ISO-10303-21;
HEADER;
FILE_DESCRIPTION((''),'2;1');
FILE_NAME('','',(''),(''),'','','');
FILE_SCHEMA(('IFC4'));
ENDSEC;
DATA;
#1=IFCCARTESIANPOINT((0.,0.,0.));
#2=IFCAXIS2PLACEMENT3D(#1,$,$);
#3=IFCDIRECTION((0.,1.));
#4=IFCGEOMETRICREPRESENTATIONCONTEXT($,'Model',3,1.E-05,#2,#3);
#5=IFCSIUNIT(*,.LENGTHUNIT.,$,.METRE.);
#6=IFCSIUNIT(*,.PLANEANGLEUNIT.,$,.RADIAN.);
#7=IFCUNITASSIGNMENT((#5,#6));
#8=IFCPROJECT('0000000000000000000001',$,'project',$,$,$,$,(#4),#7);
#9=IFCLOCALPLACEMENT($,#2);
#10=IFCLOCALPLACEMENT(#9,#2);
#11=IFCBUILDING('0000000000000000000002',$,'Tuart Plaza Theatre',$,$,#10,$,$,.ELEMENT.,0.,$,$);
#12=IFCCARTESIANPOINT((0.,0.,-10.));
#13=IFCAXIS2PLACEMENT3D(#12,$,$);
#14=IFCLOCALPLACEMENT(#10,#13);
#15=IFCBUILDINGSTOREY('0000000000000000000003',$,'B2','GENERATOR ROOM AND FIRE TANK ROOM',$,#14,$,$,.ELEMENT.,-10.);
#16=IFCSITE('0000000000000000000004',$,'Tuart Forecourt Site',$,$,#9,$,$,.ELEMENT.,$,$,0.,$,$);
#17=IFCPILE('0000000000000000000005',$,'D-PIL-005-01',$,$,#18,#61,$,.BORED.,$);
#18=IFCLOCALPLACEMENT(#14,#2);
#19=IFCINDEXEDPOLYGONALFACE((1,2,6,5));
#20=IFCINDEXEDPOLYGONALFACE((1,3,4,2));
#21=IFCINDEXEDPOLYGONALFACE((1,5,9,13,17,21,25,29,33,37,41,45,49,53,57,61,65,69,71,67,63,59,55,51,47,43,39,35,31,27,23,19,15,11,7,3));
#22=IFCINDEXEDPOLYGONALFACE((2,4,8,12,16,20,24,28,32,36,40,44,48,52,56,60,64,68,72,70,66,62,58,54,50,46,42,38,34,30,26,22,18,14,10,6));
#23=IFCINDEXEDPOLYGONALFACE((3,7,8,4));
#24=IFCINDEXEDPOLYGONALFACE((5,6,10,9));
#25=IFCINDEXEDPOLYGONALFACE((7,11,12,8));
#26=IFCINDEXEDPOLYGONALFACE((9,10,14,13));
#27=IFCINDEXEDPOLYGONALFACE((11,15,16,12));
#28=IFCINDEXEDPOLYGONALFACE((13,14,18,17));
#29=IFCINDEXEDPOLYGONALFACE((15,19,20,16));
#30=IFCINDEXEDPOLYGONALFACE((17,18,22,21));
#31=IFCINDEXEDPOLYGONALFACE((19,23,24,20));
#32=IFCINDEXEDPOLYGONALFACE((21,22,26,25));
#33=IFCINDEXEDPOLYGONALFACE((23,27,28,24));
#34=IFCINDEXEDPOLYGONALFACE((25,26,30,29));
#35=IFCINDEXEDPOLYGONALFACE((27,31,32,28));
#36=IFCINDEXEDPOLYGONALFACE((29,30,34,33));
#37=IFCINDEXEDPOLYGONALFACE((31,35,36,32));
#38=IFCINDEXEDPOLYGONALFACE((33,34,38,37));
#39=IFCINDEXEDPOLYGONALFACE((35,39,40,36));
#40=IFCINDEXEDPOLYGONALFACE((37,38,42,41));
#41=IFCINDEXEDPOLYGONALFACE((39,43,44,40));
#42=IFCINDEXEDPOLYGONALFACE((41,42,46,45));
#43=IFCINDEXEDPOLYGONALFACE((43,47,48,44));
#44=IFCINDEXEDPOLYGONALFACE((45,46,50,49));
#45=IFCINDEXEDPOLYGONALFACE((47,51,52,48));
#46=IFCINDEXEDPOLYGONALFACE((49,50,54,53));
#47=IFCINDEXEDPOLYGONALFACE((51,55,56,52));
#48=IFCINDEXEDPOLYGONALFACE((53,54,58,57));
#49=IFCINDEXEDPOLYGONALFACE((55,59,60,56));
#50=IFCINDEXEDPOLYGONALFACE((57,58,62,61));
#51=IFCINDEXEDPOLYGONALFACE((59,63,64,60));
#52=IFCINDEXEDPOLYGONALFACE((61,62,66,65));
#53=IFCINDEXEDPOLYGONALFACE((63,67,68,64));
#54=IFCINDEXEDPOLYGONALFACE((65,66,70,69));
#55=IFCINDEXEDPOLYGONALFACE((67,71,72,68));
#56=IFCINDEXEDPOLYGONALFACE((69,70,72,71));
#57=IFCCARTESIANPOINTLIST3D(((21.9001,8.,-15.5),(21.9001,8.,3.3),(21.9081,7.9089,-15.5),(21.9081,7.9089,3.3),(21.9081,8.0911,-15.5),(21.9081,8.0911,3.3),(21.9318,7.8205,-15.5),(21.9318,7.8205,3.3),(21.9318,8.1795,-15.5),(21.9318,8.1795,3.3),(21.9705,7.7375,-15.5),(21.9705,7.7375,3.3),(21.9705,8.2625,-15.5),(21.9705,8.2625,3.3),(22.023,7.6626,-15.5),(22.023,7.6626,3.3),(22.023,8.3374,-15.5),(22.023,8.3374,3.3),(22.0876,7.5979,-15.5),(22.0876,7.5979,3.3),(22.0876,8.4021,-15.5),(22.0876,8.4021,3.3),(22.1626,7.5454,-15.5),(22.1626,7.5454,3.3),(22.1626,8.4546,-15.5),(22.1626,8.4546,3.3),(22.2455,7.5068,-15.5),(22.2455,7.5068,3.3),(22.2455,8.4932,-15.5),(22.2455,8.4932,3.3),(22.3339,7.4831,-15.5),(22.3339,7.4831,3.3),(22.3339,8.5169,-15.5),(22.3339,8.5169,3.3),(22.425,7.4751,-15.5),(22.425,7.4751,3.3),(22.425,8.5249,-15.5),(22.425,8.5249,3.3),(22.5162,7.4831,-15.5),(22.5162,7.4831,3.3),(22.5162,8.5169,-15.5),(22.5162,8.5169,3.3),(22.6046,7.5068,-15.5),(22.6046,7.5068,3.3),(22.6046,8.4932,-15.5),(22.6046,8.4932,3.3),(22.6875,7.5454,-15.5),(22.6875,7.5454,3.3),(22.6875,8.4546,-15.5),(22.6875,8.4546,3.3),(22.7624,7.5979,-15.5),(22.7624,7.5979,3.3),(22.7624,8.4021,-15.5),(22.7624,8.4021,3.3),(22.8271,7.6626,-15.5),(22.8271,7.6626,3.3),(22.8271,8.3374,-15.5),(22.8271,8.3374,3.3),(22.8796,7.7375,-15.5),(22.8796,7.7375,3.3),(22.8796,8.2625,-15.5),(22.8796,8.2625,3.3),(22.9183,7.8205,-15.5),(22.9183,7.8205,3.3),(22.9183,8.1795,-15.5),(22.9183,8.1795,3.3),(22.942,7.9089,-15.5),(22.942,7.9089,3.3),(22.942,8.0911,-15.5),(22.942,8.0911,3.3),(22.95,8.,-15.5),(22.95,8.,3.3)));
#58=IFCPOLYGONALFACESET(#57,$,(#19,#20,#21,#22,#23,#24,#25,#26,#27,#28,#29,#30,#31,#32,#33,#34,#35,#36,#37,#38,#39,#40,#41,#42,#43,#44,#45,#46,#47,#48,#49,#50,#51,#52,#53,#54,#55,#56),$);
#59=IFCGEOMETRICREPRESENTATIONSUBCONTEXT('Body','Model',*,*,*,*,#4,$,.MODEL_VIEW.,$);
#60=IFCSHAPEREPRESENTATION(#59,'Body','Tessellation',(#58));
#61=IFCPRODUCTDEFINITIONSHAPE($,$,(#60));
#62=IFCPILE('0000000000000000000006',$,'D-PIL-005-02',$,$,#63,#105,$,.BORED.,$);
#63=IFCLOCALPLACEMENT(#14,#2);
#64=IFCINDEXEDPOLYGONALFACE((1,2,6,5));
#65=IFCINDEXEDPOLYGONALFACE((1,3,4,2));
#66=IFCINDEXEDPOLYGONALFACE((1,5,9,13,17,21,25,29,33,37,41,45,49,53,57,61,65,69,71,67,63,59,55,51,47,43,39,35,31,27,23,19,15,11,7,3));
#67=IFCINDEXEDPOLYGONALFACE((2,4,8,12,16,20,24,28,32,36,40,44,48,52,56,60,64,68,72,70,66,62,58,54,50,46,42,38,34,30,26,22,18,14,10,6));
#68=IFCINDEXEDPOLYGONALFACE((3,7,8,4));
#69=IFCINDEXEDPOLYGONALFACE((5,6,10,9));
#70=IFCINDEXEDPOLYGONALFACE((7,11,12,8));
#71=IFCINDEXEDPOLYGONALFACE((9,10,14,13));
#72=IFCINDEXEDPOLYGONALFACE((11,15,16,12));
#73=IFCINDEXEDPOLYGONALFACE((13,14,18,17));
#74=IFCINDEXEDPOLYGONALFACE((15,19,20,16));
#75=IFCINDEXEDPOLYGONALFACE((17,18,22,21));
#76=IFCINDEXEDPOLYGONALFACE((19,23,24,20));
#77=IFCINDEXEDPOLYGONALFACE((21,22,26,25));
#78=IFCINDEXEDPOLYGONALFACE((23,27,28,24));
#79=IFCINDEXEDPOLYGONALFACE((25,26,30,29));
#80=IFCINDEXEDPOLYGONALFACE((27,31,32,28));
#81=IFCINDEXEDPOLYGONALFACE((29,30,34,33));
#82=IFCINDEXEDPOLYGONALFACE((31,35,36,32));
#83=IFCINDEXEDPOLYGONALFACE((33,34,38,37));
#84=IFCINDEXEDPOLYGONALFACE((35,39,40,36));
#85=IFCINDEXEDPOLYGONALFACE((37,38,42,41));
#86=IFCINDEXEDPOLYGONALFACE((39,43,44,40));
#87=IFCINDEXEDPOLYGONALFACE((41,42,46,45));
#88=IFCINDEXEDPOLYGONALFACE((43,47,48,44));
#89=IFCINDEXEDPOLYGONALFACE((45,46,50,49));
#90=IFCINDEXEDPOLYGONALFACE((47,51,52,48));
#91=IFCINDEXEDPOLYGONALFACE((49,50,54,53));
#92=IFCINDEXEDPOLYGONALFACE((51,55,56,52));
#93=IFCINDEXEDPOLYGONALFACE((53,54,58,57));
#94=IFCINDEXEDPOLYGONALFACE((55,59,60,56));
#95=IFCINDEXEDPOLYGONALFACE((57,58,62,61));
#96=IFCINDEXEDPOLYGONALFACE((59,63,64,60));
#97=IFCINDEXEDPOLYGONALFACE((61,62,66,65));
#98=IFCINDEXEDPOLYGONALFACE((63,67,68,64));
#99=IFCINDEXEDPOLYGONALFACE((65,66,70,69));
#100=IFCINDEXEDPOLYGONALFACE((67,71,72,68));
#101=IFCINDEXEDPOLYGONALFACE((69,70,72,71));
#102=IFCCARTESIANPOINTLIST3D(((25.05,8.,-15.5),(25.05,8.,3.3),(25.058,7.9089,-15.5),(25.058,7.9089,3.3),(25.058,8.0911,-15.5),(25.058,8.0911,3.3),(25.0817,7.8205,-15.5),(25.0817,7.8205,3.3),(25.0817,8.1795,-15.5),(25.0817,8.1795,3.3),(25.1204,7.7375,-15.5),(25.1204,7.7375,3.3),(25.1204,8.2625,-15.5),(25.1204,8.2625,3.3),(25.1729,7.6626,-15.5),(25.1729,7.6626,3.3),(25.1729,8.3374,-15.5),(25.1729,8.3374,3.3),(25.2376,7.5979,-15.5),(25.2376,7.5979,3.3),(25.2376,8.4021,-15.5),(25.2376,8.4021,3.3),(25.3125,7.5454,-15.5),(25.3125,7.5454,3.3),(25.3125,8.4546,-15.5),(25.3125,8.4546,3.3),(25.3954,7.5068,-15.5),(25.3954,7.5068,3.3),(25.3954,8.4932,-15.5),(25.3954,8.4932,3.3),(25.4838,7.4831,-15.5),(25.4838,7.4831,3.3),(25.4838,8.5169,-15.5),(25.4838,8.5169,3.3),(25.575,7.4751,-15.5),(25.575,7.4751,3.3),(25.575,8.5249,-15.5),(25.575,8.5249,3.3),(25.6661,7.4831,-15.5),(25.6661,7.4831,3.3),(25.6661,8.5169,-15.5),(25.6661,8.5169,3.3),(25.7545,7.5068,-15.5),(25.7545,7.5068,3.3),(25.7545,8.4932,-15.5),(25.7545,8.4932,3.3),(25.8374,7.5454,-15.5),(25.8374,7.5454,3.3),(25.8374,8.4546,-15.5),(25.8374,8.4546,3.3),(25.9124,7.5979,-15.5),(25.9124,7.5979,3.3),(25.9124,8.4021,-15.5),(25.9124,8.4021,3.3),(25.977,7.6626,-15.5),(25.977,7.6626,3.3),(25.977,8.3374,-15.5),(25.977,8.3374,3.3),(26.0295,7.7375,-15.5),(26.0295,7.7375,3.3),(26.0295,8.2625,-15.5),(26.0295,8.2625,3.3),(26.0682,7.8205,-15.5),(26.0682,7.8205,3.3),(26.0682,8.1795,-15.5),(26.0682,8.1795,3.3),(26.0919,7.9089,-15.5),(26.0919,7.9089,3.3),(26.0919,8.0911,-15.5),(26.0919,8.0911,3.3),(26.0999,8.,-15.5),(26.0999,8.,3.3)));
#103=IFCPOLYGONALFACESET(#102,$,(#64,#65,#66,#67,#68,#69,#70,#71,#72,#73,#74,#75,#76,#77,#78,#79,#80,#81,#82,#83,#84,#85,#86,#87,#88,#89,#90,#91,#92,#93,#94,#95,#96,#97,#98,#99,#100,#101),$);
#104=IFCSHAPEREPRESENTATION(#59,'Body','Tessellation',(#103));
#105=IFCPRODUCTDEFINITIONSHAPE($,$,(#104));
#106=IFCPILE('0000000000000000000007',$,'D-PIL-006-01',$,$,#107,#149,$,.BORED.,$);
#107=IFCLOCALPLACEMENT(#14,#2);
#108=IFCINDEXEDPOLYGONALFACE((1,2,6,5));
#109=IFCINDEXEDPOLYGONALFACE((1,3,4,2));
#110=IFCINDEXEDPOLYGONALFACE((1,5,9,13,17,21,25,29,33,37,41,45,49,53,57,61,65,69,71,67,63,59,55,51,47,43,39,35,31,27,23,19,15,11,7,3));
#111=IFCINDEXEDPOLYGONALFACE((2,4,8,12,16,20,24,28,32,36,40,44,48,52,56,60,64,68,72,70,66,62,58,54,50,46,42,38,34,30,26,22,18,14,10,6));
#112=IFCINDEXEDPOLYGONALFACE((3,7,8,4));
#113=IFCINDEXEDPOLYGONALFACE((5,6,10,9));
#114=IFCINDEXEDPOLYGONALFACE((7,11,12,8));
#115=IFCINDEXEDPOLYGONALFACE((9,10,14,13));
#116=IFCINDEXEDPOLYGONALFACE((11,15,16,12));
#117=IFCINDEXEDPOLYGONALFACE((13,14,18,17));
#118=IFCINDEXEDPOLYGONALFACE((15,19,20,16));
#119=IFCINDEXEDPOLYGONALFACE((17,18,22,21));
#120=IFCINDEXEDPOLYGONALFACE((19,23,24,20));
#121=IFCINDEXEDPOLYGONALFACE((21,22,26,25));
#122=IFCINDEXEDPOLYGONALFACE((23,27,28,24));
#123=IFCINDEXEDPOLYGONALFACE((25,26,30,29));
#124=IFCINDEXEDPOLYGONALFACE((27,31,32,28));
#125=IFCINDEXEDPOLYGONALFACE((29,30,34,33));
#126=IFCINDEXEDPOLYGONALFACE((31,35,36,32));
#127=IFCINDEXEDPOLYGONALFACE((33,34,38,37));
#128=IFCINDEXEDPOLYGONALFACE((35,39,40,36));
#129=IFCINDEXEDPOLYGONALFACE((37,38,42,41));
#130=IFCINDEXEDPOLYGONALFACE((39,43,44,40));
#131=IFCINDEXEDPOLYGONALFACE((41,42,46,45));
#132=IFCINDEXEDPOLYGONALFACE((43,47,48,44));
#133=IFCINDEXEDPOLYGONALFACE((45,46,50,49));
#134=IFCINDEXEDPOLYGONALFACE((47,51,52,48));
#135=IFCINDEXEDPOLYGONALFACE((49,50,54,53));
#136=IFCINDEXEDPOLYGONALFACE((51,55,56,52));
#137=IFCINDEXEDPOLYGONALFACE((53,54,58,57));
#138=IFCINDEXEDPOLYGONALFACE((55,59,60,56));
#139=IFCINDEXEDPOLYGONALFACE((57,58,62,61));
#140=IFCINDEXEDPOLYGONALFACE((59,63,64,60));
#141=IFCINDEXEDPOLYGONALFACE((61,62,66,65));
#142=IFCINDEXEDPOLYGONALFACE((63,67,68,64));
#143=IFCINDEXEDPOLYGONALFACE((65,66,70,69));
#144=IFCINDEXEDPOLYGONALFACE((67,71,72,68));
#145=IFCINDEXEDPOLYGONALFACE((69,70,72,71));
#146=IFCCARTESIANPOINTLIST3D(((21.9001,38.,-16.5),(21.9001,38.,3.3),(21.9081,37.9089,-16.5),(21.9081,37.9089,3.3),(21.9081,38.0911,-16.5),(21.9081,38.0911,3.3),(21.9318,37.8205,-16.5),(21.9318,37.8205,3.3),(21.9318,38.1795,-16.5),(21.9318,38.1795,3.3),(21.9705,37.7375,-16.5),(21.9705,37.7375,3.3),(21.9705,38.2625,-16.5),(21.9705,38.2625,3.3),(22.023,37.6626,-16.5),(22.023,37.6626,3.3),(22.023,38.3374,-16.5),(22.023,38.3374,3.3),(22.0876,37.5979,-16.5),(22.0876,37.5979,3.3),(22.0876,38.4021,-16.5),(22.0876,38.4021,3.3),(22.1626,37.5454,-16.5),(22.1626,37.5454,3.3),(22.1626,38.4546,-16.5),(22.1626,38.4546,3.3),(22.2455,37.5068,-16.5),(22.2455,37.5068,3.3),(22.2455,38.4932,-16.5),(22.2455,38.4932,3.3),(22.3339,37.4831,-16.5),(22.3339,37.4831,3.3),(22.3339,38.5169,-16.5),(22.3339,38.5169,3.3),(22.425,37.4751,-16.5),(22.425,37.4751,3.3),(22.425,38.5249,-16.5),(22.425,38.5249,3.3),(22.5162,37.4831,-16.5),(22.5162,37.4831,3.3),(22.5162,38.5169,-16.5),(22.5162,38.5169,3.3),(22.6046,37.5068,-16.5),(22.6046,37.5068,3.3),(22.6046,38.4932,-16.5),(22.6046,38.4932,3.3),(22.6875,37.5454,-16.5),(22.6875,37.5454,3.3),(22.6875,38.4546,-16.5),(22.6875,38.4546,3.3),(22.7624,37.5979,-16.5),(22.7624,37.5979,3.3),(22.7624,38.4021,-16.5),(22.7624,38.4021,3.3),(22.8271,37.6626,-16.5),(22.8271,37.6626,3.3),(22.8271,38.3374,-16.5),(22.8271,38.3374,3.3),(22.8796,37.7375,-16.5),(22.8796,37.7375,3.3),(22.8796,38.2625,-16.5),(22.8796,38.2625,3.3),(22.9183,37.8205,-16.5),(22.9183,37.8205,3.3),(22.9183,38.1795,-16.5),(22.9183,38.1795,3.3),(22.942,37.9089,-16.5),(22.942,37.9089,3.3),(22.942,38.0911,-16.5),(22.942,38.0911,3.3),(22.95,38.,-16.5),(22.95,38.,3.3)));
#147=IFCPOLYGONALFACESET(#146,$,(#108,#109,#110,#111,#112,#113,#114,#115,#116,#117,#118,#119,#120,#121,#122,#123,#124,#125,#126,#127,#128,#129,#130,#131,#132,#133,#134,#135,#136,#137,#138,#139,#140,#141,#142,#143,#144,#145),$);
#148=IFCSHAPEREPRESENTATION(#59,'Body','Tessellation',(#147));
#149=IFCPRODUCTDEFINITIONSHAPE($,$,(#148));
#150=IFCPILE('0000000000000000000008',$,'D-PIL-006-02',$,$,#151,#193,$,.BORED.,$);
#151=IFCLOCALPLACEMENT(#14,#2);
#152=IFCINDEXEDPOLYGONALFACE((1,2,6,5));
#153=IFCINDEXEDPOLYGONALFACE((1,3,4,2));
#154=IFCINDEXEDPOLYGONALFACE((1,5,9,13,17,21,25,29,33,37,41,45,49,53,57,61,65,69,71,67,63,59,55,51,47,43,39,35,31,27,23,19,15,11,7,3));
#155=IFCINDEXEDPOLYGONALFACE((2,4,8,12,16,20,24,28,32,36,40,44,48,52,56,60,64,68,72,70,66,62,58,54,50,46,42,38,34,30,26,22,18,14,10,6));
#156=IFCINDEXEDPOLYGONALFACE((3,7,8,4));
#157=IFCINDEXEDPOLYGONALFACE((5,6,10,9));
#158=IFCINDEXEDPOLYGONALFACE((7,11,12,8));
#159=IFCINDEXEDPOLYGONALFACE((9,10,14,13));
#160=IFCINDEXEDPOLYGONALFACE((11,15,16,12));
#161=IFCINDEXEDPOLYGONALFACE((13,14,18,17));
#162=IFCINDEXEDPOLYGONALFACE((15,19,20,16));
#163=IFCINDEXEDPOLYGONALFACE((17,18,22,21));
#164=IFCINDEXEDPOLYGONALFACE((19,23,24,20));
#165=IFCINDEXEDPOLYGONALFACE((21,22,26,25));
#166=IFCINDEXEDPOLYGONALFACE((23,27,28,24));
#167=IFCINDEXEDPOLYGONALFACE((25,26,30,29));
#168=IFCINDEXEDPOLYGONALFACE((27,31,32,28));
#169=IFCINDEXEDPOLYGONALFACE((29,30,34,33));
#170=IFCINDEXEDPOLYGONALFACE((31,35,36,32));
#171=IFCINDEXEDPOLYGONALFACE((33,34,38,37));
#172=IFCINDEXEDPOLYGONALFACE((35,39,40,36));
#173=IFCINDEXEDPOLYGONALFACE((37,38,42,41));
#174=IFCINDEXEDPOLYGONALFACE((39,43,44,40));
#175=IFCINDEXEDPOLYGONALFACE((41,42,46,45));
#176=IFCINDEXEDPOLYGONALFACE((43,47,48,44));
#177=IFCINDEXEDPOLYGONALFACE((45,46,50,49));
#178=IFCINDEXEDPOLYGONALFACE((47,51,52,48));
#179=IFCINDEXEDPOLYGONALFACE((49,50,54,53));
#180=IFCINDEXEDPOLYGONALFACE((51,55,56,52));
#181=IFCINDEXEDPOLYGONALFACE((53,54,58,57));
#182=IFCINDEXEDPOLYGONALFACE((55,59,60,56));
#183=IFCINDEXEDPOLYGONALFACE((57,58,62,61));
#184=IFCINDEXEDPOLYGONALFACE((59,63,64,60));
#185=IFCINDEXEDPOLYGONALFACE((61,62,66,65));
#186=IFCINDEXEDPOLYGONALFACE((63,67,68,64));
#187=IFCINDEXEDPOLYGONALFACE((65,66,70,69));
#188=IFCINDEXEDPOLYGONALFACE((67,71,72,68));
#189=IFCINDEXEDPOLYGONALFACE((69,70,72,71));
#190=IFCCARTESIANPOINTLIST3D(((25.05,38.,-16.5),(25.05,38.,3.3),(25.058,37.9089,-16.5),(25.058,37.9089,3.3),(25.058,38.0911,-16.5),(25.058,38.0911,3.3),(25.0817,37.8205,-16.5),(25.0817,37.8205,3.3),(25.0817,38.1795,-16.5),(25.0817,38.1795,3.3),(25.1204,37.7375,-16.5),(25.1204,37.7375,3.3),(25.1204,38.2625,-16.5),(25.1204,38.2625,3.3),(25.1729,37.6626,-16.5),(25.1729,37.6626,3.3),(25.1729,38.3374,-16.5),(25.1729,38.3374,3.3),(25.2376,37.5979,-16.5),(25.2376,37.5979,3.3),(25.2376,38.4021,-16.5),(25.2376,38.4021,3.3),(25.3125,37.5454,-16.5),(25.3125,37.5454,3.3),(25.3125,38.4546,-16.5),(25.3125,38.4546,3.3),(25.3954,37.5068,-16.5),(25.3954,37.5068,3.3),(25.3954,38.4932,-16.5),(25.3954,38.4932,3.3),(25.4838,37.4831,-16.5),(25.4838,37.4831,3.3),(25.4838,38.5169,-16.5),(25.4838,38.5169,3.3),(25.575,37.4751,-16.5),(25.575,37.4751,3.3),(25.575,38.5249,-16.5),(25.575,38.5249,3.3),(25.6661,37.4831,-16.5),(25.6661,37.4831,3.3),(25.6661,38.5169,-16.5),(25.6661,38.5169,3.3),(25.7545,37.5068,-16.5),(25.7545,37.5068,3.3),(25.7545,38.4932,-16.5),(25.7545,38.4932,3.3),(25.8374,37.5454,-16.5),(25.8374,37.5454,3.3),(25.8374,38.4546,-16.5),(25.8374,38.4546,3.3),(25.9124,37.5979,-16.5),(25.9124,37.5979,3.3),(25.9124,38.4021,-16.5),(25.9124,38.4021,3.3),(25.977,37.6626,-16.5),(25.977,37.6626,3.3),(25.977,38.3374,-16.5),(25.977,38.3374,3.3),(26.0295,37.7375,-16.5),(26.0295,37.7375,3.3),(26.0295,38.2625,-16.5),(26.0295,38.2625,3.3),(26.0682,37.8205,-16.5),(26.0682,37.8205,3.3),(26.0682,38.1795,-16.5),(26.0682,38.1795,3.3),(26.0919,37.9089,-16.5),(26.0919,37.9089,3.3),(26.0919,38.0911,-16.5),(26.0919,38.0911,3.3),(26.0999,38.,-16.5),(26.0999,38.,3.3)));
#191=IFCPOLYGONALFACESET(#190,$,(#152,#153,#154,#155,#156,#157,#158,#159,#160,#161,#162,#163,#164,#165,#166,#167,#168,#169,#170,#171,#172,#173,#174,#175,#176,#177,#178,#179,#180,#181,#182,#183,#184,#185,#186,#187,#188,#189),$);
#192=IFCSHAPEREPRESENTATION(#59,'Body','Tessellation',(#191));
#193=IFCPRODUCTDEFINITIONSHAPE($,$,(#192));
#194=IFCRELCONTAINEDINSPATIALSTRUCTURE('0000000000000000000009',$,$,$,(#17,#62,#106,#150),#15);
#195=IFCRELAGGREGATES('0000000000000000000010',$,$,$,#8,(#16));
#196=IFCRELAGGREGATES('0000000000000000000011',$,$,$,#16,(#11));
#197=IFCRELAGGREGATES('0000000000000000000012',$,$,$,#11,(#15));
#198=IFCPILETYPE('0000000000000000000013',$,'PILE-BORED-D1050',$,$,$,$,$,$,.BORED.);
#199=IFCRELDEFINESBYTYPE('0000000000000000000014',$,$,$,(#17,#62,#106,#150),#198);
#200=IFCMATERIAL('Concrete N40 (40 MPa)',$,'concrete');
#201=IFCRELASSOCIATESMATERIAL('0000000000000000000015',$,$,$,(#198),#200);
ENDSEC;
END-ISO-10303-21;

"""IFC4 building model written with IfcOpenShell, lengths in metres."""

from ifc_helpers import new_model, si_unit, direction, frame, origin, origin_2d, place, context, subcontext, project, spatial, circle, extrude, material, material_profile, profile_set, type_object, element, save


model = new_model("IFC4")

# Units and contexts
model_context = context("Model", 3, precision=1e-05, world=origin(), true_north=direction((0.0, 1.0)))
body_context = subcontext(model_context, "Body", "Model", "MODEL_VIEW")
ifc_project = project(units=[si_unit("LENGTHUNIT", "METRE"), si_unit("PLANEANGLEUNIT", "RADIAN")], contexts=[model_context])

# Site, building, storey
site_placement = place(None, origin())
site = spatial("IfcSite", under=ifc_project, at=site_placement, Name="Tuart Forecourt Site", CompositionType="ELEMENT", RefElevation=0.0)
building_placement = place(site_placement, origin())
building = spatial("IfcBuilding", under=site, at=building_placement, Name="Tuart Plaza Theatre", CompositionType="ELEMENT", ElevationOfRefHeight=0.0)
storey_placement = place(building_placement, frame((0.0, 0.0, -10.0)))
storey = spatial("IfcBuildingStorey", under=building, at=storey_placement, Name="B2", Description="GENERATOR ROOM AND FIRE TANK ROOM", CompositionType="ELEMENT", Elevation=-10.0)

# Piles
ifc_material_1 = material(Name="Concrete N40 (40 MPa)", Category="concrete")
ifc_material_profile_1 = material_profile(ifc_material_1, circle(Radius=0.5249, at=origin_2d()), Name="PILE-BORED-D1050")
ifc_profile_set_1 = profile_set([ifc_material_profile_1], Name="Concrete N40 (40 MPa)")
pile_type_1 = type_object("IfcPileType", Name="PILE-BORED-D1050", PredefinedType="BORED", material=ifc_profile_set_1)
for number, where, z_axis, x_axis, name in (
    (1, (22.425, 8.0, 3.3), (0.0, 0.0, -1.0), (1.0, 0.0, 0.0), "D-PIL-005-01"),
    (2, (25.575, 8.0, 3.3), (0.0, 0.0, -1.0), (1.0, 0.0, 0.0), "D-PIL-005-02"),
):
    element("IfcPile", number, at=place(storey_placement, frame(where, z_axis=z_axis, x_axis=x_axis)), inside=storey, type_object=pile_type_1, Name=name, PredefinedType="BORED", context=body_context, shape_type="SweptSolid", body=[
        extrude(circle(Radius=0.5249, at=origin_2d()), origin(), (0.0, 0.0, 1.0), 18.8),
    ])
for number, where, z_axis, x_axis, name in (
    (3, (22.425, 38.0, 3.3), (0.0, 0.0, -1.0), (1.0, 0.0, 0.0), "D-PIL-006-01"),
    (4, (25.575, 38.0, 3.3), (0.0, 0.0, -1.0), (1.0, 0.0, 0.0), "D-PIL-006-02"),
):
    element("IfcPile", number, at=place(storey_placement, frame(where, z_axis=z_axis, x_axis=x_axis)), inside=storey, type_object=pile_type_1, Name=name, PredefinedType="BORED", context=body_context, shape_type="SweptSolid", body=[
        extrude(circle(Radius=0.5249, at=origin_2d()), origin(), (0.0, 0.0, 1.0), 19.8),
    ])

save(model, "model.ifc")
